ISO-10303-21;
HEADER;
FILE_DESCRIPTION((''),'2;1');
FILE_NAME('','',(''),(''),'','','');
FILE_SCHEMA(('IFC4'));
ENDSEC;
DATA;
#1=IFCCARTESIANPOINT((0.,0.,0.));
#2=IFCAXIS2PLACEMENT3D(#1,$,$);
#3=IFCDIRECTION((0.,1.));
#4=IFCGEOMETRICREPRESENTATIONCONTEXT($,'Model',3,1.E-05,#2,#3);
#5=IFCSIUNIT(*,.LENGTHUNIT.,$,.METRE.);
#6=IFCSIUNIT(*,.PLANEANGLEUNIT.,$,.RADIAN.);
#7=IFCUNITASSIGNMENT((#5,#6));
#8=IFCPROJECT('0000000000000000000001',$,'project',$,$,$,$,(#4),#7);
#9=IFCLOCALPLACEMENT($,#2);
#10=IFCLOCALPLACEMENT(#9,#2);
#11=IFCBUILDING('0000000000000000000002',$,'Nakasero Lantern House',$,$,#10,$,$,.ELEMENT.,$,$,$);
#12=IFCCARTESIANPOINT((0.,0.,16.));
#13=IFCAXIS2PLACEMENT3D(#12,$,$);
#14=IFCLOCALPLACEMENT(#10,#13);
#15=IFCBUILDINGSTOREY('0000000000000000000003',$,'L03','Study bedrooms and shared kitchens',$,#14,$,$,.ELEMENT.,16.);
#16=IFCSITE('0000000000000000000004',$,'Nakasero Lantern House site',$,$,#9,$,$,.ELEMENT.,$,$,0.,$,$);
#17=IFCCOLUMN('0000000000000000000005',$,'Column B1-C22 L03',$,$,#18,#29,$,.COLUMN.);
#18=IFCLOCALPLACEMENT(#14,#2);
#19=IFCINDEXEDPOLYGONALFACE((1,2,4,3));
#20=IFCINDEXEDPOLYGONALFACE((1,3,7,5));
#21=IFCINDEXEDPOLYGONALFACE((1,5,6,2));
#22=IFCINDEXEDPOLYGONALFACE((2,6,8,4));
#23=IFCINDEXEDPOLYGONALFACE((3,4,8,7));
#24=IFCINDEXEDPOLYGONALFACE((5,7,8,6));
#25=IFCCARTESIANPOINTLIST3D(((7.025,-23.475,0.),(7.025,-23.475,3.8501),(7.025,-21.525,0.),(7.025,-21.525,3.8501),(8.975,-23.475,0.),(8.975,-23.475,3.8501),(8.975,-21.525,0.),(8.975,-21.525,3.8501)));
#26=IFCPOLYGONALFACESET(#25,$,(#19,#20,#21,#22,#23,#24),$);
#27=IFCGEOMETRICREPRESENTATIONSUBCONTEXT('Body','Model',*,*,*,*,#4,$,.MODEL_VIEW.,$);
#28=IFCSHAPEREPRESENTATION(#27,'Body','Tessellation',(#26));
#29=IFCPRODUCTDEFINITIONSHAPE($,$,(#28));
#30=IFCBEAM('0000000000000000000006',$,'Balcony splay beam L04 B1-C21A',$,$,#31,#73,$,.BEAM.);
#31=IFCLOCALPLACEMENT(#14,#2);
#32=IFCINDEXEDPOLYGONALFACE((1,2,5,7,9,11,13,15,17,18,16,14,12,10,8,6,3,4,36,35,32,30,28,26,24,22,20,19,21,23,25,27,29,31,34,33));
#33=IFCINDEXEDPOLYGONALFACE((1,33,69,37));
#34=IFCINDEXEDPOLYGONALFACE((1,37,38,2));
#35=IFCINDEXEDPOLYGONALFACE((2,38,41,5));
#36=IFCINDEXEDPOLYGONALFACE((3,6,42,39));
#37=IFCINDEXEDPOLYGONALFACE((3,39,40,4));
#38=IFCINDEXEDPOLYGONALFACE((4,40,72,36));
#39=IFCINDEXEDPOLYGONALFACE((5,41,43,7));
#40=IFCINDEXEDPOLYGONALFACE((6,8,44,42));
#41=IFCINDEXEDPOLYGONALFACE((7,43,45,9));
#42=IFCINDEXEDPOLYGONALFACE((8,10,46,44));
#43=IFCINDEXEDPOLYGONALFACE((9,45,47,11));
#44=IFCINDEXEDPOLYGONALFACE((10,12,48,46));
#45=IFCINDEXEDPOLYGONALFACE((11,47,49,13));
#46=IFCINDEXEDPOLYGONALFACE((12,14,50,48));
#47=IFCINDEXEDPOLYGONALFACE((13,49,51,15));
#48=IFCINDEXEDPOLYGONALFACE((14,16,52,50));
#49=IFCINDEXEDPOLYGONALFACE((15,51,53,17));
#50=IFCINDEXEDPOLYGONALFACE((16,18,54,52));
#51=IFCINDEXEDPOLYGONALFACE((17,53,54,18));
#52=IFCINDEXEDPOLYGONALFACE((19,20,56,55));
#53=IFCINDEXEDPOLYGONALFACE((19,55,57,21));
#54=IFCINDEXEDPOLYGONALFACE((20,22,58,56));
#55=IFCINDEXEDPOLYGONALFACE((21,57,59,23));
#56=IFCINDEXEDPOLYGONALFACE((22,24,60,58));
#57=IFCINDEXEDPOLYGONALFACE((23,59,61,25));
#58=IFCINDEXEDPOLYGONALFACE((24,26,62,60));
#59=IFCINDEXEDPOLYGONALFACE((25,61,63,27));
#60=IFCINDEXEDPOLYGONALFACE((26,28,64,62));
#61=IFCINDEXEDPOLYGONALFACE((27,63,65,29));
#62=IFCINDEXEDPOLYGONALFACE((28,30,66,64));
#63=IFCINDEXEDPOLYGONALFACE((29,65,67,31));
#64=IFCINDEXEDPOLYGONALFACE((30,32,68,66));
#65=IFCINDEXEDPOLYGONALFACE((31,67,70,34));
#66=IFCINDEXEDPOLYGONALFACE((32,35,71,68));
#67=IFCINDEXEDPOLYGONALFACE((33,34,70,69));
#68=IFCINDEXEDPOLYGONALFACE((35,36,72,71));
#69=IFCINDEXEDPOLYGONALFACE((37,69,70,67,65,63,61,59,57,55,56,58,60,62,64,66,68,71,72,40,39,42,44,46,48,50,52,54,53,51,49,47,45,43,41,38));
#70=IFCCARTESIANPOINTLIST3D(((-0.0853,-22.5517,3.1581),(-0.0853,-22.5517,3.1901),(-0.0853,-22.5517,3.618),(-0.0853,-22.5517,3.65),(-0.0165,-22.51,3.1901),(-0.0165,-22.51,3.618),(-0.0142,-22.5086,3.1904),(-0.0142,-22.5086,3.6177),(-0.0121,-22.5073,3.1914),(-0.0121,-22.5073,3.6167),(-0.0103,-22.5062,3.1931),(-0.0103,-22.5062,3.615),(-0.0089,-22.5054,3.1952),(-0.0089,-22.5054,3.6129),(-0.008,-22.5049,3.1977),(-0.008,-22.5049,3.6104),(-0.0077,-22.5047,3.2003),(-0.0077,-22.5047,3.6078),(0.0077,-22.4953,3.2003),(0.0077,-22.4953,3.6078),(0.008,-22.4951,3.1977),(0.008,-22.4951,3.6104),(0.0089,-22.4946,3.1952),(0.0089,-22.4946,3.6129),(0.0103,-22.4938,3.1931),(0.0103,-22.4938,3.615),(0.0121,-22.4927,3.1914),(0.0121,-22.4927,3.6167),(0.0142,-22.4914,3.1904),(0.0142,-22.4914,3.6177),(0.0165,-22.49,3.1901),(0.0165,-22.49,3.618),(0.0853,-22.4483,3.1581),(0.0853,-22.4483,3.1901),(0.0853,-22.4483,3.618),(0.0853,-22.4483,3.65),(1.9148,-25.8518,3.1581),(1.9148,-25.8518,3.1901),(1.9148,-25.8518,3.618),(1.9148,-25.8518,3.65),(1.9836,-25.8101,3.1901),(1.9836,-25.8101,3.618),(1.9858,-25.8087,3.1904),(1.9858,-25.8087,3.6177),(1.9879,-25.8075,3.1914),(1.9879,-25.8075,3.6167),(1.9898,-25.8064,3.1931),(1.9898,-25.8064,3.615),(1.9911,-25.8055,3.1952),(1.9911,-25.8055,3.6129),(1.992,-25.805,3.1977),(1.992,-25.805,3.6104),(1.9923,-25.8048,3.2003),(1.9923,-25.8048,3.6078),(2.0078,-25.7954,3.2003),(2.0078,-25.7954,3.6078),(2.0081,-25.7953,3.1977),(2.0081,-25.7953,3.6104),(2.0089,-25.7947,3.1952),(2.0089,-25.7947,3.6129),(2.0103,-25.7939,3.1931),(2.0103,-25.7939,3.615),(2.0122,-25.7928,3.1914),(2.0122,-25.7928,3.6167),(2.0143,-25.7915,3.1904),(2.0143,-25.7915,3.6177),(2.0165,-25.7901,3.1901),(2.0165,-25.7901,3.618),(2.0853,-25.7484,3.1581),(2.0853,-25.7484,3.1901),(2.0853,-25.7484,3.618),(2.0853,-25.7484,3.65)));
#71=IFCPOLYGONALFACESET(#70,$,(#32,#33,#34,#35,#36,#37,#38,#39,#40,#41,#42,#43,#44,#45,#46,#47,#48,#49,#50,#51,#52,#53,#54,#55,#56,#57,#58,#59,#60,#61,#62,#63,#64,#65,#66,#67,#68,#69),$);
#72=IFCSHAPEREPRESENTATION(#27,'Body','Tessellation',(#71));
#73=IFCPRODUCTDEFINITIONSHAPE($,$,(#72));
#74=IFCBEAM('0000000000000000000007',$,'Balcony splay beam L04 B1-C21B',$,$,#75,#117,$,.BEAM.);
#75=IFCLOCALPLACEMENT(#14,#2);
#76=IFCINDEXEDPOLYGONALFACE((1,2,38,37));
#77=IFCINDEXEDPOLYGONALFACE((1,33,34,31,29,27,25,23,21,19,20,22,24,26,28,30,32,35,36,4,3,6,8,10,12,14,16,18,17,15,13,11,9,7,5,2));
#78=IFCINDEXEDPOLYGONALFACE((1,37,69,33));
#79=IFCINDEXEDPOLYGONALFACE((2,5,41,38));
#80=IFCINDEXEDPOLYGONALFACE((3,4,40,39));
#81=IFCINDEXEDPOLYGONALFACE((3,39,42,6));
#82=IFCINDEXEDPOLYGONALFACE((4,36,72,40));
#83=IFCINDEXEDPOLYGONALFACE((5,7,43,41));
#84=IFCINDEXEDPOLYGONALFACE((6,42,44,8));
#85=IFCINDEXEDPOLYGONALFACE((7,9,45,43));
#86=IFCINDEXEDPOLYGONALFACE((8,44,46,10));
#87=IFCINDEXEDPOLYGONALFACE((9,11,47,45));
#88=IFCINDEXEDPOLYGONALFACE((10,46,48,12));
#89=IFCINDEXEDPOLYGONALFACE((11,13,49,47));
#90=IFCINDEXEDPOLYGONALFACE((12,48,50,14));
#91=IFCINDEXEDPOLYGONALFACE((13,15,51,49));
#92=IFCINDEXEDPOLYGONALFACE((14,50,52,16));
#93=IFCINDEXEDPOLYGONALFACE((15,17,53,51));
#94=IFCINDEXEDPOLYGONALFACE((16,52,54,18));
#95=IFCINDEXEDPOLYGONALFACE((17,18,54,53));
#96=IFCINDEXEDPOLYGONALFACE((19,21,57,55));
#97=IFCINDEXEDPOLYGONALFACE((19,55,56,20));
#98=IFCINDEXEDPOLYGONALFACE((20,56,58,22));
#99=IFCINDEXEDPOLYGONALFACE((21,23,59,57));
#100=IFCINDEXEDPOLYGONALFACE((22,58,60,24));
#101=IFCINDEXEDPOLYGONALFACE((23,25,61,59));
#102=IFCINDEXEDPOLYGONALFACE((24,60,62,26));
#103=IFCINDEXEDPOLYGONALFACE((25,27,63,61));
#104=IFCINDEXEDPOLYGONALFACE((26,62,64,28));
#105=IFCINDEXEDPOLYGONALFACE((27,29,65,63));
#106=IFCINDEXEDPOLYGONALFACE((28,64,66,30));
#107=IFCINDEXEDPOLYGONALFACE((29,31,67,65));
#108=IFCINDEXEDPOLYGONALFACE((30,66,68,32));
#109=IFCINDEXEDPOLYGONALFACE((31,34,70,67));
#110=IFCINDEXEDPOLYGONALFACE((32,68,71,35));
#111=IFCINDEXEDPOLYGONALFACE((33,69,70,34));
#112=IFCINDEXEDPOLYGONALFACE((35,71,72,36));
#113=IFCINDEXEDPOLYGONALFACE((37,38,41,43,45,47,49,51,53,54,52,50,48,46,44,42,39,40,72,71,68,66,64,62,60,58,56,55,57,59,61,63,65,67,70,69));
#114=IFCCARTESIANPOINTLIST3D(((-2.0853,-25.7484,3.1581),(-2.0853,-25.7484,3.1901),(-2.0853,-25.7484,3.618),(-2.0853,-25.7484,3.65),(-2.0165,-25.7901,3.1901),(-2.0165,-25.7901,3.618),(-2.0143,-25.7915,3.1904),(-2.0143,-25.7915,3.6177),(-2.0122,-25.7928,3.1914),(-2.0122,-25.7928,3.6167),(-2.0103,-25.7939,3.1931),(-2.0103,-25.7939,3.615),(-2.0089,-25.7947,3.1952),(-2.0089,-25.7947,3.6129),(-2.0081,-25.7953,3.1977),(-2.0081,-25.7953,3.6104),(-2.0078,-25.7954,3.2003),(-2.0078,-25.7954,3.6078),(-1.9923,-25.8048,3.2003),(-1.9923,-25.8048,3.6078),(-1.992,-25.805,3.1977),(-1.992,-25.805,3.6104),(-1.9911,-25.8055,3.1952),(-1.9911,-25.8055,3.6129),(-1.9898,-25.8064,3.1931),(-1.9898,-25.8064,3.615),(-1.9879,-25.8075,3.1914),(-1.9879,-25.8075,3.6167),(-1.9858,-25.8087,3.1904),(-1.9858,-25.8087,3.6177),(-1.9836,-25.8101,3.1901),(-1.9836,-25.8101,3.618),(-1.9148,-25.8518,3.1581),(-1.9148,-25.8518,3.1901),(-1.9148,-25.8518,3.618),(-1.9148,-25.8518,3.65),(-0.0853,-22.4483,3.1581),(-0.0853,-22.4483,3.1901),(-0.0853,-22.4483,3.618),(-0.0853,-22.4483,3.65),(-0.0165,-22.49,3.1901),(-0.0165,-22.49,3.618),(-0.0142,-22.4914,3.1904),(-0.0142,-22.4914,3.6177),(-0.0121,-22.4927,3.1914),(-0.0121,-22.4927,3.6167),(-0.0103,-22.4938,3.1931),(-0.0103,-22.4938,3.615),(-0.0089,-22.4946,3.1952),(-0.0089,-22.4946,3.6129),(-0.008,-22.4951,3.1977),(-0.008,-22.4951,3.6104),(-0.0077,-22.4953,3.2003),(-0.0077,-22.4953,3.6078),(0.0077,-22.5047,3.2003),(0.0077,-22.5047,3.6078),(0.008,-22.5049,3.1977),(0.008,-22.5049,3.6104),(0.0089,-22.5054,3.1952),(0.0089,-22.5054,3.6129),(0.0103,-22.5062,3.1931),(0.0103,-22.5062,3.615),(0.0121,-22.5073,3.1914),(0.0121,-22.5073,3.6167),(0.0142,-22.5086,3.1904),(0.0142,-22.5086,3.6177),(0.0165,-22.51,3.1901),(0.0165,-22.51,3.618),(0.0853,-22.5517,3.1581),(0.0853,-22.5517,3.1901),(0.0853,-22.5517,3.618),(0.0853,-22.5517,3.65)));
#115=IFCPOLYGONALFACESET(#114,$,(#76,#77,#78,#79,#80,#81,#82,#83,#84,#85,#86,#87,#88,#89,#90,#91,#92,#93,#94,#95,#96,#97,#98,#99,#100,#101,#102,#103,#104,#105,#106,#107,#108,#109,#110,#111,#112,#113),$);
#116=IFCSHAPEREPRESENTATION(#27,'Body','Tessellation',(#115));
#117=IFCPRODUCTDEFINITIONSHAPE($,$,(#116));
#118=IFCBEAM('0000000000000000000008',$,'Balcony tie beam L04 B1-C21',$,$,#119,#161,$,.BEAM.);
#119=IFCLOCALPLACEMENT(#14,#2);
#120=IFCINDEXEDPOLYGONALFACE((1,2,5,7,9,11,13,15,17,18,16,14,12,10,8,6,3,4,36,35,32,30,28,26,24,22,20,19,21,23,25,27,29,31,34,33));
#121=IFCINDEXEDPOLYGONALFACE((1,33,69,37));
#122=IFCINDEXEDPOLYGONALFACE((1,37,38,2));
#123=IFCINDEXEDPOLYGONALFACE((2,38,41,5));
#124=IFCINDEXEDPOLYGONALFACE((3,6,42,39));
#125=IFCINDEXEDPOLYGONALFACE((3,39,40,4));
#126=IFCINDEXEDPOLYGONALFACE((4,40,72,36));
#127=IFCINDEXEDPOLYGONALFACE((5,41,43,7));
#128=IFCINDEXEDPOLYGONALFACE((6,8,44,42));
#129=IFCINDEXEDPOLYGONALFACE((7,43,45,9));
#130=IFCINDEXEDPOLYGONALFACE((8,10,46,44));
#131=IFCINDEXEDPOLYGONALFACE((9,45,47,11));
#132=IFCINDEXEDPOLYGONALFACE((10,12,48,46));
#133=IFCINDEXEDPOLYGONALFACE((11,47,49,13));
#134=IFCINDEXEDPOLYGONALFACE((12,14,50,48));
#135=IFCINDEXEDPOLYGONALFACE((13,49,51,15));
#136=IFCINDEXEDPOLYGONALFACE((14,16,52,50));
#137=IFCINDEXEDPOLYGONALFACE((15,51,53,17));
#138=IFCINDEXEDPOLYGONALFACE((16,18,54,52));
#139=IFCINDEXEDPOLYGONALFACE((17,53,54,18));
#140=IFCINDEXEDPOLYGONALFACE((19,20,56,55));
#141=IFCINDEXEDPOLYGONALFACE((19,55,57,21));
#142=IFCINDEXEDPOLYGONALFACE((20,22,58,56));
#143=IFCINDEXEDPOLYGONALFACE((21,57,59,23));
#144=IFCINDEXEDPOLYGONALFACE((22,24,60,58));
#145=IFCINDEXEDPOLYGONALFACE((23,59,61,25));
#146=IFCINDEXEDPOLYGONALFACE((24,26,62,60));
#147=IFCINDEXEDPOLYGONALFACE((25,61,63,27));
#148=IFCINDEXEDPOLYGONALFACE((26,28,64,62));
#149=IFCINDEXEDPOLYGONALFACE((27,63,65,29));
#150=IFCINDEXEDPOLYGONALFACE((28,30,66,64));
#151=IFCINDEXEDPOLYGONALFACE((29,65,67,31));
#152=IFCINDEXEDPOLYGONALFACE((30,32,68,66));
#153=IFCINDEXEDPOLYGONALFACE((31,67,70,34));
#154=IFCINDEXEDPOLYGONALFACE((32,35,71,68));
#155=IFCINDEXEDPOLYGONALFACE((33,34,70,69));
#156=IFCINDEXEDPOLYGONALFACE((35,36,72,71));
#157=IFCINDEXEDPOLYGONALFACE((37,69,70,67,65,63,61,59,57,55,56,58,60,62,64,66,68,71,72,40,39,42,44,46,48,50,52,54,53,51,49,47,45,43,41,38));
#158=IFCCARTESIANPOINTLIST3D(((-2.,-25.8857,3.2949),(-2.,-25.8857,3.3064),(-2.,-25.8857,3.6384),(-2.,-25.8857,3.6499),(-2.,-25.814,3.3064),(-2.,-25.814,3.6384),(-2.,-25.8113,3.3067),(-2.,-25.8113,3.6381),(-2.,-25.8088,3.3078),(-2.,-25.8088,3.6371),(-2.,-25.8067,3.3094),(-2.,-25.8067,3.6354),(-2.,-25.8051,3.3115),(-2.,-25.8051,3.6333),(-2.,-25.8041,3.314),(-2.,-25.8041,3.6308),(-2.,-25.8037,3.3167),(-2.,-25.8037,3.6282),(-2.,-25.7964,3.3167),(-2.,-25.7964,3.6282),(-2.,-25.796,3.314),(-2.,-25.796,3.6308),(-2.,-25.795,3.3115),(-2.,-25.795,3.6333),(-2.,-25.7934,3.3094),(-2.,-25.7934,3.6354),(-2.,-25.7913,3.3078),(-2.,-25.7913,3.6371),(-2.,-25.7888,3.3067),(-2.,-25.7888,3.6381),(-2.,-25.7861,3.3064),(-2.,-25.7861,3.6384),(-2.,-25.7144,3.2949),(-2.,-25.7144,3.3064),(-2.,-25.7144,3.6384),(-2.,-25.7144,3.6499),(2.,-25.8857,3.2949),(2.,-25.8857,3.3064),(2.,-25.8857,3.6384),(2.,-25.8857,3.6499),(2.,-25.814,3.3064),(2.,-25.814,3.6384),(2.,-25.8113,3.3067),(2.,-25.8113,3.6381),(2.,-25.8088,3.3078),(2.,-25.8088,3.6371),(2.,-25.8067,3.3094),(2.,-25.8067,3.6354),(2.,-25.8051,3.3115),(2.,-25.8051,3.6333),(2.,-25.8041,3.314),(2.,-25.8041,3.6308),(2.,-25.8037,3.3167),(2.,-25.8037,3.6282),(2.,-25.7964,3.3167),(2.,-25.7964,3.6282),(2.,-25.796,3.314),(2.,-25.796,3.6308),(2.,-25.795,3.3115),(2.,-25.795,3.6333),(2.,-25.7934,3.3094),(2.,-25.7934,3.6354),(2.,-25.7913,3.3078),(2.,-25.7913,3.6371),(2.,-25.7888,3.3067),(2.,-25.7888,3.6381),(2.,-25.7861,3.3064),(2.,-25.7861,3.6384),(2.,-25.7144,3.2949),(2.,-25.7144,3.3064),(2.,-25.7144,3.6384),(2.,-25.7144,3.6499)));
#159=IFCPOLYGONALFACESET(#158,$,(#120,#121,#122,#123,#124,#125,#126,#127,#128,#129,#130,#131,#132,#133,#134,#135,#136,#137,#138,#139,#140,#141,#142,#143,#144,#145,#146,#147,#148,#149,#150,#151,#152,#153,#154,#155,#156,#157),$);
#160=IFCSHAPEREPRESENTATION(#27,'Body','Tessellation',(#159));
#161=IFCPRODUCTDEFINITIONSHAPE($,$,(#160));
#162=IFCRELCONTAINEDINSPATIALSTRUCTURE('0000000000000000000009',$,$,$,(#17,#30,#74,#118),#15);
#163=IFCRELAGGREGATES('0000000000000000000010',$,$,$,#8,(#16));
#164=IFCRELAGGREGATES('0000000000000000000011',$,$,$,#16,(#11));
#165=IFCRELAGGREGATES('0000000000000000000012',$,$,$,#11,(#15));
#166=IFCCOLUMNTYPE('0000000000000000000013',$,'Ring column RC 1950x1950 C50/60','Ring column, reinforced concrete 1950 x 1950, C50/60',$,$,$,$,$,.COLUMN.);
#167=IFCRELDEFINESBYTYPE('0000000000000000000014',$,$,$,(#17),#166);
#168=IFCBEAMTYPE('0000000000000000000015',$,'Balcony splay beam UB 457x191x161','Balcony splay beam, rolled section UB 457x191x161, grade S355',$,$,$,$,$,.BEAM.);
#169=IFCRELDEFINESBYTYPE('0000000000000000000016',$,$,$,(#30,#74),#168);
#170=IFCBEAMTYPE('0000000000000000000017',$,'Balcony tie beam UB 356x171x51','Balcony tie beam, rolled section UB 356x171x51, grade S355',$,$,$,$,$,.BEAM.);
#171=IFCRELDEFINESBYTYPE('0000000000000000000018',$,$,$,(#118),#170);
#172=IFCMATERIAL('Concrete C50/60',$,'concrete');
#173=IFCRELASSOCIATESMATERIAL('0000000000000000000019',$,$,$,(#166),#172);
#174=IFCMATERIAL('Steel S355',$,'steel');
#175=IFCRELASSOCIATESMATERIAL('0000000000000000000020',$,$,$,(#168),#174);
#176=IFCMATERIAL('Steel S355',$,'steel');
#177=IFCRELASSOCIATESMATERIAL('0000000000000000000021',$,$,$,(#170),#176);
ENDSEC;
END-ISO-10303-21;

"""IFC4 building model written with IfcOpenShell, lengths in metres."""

from ifc_helpers import new_model, si_unit, direction, frame, origin, origin_2d, place, context, subcontext, project, spatial, rectangle, i_section, extrude, material, material_profile, profile_set, type_object, element, save


model = new_model("IFC4")

# Units and contexts
model_context = context("Model", 3, precision=1e-05, world=origin(), true_north=direction((0.0, 1.0)))
body_context = subcontext(model_context, "Body", "Model", "MODEL_VIEW")
ifc_project = project(units=[si_unit("LENGTHUNIT", "METRE"), si_unit("PLANEANGLEUNIT", "RADIAN")], contexts=[model_context])

# Site, building, storey
site_placement = place(None, origin())
site = spatial("IfcSite", under=ifc_project, at=site_placement, Name="Nakasero Lantern House site", CompositionType="ELEMENT", RefElevation=0.0)
building_placement = place(site_placement, origin())
building = spatial("IfcBuilding", under=site, at=building_placement, Name="Nakasero Lantern House", CompositionType="ELEMENT")
storey_placement = place(building_placement, frame((0.0, 0.0, 16.0)))
storey = spatial("IfcBuildingStorey", under=building, at=storey_placement, Name="L03", Description="Study bedrooms and shared kitchens", CompositionType="ELEMENT", Elevation=16.0)

# Column
ifc_material_1 = material(Name="Concrete C50/60", Category="concrete")
ifc_material_profile_1 = material_profile(ifc_material_1, rectangle(XDim=1.95, YDim=1.95, at=origin_2d()), Name="RC 1950x1950")
ifc_profile_set_1 = profile_set([ifc_material_profile_1], Name="Concrete C50/60")
column_type = type_object("IfcColumnType", Name="Ring column RC 1950x1950 C50/60", Description="Ring column, reinforced concrete 1950 x 1950, C50/60", PredefinedType="COLUMN", material=ifc_profile_set_1)
column_placement = place(storey_placement, frame((8.0, -22.5, 0.0), z_axis=(0.0, 0.0, 1.0), x_axis=(1.0, 0.0, 0.0)))
element("IfcColumn", 1, at=column_placement, inside=storey, type_object=column_type, Name="Column B1-C22 L03", PredefinedType="COLUMN", context=body_context, shape_type="SweptSolid", body=[
    extrude(rectangle(XDim=1.95, YDim=1.95, at=origin_2d()), origin(), (0.0, 0.0, 1.0), 3.8501),
])

# Beams
ifc_material_2 = material(Name="Steel S355", Category="steel")
ifc_material_profile_2 = material_profile(ifc_material_2, i_section(OverallWidth=0.1995, OverallDepth=0.4919, WebThickness=0.0181, FlangeThickness=0.032, FilletRadius=0.0103, at=origin_2d()), Name="UB 457x191x161")
ifc_profile_set_2 = profile_set([ifc_material_profile_2], Name="Steel S355")
beam_type_1 = type_object("IfcBeamType", Name="Balcony splay beam UB 457x191x161", Description="Balcony splay beam, rolled section UB 457x191x161, grade S355", PredefinedType="BEAM", material=ifc_profile_set_2)
for number, where, z_axis, x_axis, name in (
    (2, (0.0, -22.5, 3.4041), (0.518296, -0.855201, 0.0), (0.855201, 0.518296, 0.0), "Balcony splay beam L04 B1-C21A"),
    (3, (0.0, -22.5, 3.4041), (-0.518296, -0.855201, 0.0), (0.855201, -0.518296, 0.0), "Balcony splay beam L04 B1-C21B"),
):
    element("IfcBeam", number, at=place(storey_placement, frame(where, z_axis=z_axis, x_axis=x_axis)), inside=storey, type_object=beam_type_1, Name=name, PredefinedType="BEAM", context=body_context, shape_type="SweptSolid", body=[
        extrude(i_section(OverallWidth=0.1995, OverallDepth=0.4919, WebThickness=0.0181, FlangeThickness=0.032, FilletRadius=0.0103, at=origin_2d()), origin(), (0.0, 0.0, 1.0), 3.8589),
    ])
ifc_material_3 = material(Name="Steel S355", Category="steel")
ifc_material_profile_3 = material_profile(ifc_material_3, i_section(OverallWidth=0.1714, OverallDepth=0.355, WebThickness=0.0073, FlangeThickness=0.0115, FilletRadius=0.0103, at=origin_2d()), Name="UB 356x171x51")
ifc_profile_set_3 = profile_set([ifc_material_profile_3], Name="Steel S355")
beam_type_2 = type_object("IfcBeamType", Name="Balcony tie beam UB 356x171x51", Description="Balcony tie beam, rolled section UB 356x171x51, grade S355", PredefinedType="BEAM", material=ifc_profile_set_3)
beam_1_placement = place(storey_placement, frame((2.0, -25.8, 3.4724), z_axis=(-1.0, 0.0, 0.0), x_axis=(0.0, -1.0, 0.0)))
element("IfcBeam", 4, at=beam_1_placement, inside=storey, type_object=beam_type_2, Name="Balcony tie beam L04 B1-C21", PredefinedType="BEAM", context=body_context, shape_type="SweptSolid", body=[
    extrude(i_section(OverallWidth=0.1714, OverallDepth=0.355, WebThickness=0.0073, FlangeThickness=0.0115, FilletRadius=0.0103, at=origin_2d()), origin(), (0.0, 0.0, 1.0), 4.0),
])

save(model, "model.ifc")
